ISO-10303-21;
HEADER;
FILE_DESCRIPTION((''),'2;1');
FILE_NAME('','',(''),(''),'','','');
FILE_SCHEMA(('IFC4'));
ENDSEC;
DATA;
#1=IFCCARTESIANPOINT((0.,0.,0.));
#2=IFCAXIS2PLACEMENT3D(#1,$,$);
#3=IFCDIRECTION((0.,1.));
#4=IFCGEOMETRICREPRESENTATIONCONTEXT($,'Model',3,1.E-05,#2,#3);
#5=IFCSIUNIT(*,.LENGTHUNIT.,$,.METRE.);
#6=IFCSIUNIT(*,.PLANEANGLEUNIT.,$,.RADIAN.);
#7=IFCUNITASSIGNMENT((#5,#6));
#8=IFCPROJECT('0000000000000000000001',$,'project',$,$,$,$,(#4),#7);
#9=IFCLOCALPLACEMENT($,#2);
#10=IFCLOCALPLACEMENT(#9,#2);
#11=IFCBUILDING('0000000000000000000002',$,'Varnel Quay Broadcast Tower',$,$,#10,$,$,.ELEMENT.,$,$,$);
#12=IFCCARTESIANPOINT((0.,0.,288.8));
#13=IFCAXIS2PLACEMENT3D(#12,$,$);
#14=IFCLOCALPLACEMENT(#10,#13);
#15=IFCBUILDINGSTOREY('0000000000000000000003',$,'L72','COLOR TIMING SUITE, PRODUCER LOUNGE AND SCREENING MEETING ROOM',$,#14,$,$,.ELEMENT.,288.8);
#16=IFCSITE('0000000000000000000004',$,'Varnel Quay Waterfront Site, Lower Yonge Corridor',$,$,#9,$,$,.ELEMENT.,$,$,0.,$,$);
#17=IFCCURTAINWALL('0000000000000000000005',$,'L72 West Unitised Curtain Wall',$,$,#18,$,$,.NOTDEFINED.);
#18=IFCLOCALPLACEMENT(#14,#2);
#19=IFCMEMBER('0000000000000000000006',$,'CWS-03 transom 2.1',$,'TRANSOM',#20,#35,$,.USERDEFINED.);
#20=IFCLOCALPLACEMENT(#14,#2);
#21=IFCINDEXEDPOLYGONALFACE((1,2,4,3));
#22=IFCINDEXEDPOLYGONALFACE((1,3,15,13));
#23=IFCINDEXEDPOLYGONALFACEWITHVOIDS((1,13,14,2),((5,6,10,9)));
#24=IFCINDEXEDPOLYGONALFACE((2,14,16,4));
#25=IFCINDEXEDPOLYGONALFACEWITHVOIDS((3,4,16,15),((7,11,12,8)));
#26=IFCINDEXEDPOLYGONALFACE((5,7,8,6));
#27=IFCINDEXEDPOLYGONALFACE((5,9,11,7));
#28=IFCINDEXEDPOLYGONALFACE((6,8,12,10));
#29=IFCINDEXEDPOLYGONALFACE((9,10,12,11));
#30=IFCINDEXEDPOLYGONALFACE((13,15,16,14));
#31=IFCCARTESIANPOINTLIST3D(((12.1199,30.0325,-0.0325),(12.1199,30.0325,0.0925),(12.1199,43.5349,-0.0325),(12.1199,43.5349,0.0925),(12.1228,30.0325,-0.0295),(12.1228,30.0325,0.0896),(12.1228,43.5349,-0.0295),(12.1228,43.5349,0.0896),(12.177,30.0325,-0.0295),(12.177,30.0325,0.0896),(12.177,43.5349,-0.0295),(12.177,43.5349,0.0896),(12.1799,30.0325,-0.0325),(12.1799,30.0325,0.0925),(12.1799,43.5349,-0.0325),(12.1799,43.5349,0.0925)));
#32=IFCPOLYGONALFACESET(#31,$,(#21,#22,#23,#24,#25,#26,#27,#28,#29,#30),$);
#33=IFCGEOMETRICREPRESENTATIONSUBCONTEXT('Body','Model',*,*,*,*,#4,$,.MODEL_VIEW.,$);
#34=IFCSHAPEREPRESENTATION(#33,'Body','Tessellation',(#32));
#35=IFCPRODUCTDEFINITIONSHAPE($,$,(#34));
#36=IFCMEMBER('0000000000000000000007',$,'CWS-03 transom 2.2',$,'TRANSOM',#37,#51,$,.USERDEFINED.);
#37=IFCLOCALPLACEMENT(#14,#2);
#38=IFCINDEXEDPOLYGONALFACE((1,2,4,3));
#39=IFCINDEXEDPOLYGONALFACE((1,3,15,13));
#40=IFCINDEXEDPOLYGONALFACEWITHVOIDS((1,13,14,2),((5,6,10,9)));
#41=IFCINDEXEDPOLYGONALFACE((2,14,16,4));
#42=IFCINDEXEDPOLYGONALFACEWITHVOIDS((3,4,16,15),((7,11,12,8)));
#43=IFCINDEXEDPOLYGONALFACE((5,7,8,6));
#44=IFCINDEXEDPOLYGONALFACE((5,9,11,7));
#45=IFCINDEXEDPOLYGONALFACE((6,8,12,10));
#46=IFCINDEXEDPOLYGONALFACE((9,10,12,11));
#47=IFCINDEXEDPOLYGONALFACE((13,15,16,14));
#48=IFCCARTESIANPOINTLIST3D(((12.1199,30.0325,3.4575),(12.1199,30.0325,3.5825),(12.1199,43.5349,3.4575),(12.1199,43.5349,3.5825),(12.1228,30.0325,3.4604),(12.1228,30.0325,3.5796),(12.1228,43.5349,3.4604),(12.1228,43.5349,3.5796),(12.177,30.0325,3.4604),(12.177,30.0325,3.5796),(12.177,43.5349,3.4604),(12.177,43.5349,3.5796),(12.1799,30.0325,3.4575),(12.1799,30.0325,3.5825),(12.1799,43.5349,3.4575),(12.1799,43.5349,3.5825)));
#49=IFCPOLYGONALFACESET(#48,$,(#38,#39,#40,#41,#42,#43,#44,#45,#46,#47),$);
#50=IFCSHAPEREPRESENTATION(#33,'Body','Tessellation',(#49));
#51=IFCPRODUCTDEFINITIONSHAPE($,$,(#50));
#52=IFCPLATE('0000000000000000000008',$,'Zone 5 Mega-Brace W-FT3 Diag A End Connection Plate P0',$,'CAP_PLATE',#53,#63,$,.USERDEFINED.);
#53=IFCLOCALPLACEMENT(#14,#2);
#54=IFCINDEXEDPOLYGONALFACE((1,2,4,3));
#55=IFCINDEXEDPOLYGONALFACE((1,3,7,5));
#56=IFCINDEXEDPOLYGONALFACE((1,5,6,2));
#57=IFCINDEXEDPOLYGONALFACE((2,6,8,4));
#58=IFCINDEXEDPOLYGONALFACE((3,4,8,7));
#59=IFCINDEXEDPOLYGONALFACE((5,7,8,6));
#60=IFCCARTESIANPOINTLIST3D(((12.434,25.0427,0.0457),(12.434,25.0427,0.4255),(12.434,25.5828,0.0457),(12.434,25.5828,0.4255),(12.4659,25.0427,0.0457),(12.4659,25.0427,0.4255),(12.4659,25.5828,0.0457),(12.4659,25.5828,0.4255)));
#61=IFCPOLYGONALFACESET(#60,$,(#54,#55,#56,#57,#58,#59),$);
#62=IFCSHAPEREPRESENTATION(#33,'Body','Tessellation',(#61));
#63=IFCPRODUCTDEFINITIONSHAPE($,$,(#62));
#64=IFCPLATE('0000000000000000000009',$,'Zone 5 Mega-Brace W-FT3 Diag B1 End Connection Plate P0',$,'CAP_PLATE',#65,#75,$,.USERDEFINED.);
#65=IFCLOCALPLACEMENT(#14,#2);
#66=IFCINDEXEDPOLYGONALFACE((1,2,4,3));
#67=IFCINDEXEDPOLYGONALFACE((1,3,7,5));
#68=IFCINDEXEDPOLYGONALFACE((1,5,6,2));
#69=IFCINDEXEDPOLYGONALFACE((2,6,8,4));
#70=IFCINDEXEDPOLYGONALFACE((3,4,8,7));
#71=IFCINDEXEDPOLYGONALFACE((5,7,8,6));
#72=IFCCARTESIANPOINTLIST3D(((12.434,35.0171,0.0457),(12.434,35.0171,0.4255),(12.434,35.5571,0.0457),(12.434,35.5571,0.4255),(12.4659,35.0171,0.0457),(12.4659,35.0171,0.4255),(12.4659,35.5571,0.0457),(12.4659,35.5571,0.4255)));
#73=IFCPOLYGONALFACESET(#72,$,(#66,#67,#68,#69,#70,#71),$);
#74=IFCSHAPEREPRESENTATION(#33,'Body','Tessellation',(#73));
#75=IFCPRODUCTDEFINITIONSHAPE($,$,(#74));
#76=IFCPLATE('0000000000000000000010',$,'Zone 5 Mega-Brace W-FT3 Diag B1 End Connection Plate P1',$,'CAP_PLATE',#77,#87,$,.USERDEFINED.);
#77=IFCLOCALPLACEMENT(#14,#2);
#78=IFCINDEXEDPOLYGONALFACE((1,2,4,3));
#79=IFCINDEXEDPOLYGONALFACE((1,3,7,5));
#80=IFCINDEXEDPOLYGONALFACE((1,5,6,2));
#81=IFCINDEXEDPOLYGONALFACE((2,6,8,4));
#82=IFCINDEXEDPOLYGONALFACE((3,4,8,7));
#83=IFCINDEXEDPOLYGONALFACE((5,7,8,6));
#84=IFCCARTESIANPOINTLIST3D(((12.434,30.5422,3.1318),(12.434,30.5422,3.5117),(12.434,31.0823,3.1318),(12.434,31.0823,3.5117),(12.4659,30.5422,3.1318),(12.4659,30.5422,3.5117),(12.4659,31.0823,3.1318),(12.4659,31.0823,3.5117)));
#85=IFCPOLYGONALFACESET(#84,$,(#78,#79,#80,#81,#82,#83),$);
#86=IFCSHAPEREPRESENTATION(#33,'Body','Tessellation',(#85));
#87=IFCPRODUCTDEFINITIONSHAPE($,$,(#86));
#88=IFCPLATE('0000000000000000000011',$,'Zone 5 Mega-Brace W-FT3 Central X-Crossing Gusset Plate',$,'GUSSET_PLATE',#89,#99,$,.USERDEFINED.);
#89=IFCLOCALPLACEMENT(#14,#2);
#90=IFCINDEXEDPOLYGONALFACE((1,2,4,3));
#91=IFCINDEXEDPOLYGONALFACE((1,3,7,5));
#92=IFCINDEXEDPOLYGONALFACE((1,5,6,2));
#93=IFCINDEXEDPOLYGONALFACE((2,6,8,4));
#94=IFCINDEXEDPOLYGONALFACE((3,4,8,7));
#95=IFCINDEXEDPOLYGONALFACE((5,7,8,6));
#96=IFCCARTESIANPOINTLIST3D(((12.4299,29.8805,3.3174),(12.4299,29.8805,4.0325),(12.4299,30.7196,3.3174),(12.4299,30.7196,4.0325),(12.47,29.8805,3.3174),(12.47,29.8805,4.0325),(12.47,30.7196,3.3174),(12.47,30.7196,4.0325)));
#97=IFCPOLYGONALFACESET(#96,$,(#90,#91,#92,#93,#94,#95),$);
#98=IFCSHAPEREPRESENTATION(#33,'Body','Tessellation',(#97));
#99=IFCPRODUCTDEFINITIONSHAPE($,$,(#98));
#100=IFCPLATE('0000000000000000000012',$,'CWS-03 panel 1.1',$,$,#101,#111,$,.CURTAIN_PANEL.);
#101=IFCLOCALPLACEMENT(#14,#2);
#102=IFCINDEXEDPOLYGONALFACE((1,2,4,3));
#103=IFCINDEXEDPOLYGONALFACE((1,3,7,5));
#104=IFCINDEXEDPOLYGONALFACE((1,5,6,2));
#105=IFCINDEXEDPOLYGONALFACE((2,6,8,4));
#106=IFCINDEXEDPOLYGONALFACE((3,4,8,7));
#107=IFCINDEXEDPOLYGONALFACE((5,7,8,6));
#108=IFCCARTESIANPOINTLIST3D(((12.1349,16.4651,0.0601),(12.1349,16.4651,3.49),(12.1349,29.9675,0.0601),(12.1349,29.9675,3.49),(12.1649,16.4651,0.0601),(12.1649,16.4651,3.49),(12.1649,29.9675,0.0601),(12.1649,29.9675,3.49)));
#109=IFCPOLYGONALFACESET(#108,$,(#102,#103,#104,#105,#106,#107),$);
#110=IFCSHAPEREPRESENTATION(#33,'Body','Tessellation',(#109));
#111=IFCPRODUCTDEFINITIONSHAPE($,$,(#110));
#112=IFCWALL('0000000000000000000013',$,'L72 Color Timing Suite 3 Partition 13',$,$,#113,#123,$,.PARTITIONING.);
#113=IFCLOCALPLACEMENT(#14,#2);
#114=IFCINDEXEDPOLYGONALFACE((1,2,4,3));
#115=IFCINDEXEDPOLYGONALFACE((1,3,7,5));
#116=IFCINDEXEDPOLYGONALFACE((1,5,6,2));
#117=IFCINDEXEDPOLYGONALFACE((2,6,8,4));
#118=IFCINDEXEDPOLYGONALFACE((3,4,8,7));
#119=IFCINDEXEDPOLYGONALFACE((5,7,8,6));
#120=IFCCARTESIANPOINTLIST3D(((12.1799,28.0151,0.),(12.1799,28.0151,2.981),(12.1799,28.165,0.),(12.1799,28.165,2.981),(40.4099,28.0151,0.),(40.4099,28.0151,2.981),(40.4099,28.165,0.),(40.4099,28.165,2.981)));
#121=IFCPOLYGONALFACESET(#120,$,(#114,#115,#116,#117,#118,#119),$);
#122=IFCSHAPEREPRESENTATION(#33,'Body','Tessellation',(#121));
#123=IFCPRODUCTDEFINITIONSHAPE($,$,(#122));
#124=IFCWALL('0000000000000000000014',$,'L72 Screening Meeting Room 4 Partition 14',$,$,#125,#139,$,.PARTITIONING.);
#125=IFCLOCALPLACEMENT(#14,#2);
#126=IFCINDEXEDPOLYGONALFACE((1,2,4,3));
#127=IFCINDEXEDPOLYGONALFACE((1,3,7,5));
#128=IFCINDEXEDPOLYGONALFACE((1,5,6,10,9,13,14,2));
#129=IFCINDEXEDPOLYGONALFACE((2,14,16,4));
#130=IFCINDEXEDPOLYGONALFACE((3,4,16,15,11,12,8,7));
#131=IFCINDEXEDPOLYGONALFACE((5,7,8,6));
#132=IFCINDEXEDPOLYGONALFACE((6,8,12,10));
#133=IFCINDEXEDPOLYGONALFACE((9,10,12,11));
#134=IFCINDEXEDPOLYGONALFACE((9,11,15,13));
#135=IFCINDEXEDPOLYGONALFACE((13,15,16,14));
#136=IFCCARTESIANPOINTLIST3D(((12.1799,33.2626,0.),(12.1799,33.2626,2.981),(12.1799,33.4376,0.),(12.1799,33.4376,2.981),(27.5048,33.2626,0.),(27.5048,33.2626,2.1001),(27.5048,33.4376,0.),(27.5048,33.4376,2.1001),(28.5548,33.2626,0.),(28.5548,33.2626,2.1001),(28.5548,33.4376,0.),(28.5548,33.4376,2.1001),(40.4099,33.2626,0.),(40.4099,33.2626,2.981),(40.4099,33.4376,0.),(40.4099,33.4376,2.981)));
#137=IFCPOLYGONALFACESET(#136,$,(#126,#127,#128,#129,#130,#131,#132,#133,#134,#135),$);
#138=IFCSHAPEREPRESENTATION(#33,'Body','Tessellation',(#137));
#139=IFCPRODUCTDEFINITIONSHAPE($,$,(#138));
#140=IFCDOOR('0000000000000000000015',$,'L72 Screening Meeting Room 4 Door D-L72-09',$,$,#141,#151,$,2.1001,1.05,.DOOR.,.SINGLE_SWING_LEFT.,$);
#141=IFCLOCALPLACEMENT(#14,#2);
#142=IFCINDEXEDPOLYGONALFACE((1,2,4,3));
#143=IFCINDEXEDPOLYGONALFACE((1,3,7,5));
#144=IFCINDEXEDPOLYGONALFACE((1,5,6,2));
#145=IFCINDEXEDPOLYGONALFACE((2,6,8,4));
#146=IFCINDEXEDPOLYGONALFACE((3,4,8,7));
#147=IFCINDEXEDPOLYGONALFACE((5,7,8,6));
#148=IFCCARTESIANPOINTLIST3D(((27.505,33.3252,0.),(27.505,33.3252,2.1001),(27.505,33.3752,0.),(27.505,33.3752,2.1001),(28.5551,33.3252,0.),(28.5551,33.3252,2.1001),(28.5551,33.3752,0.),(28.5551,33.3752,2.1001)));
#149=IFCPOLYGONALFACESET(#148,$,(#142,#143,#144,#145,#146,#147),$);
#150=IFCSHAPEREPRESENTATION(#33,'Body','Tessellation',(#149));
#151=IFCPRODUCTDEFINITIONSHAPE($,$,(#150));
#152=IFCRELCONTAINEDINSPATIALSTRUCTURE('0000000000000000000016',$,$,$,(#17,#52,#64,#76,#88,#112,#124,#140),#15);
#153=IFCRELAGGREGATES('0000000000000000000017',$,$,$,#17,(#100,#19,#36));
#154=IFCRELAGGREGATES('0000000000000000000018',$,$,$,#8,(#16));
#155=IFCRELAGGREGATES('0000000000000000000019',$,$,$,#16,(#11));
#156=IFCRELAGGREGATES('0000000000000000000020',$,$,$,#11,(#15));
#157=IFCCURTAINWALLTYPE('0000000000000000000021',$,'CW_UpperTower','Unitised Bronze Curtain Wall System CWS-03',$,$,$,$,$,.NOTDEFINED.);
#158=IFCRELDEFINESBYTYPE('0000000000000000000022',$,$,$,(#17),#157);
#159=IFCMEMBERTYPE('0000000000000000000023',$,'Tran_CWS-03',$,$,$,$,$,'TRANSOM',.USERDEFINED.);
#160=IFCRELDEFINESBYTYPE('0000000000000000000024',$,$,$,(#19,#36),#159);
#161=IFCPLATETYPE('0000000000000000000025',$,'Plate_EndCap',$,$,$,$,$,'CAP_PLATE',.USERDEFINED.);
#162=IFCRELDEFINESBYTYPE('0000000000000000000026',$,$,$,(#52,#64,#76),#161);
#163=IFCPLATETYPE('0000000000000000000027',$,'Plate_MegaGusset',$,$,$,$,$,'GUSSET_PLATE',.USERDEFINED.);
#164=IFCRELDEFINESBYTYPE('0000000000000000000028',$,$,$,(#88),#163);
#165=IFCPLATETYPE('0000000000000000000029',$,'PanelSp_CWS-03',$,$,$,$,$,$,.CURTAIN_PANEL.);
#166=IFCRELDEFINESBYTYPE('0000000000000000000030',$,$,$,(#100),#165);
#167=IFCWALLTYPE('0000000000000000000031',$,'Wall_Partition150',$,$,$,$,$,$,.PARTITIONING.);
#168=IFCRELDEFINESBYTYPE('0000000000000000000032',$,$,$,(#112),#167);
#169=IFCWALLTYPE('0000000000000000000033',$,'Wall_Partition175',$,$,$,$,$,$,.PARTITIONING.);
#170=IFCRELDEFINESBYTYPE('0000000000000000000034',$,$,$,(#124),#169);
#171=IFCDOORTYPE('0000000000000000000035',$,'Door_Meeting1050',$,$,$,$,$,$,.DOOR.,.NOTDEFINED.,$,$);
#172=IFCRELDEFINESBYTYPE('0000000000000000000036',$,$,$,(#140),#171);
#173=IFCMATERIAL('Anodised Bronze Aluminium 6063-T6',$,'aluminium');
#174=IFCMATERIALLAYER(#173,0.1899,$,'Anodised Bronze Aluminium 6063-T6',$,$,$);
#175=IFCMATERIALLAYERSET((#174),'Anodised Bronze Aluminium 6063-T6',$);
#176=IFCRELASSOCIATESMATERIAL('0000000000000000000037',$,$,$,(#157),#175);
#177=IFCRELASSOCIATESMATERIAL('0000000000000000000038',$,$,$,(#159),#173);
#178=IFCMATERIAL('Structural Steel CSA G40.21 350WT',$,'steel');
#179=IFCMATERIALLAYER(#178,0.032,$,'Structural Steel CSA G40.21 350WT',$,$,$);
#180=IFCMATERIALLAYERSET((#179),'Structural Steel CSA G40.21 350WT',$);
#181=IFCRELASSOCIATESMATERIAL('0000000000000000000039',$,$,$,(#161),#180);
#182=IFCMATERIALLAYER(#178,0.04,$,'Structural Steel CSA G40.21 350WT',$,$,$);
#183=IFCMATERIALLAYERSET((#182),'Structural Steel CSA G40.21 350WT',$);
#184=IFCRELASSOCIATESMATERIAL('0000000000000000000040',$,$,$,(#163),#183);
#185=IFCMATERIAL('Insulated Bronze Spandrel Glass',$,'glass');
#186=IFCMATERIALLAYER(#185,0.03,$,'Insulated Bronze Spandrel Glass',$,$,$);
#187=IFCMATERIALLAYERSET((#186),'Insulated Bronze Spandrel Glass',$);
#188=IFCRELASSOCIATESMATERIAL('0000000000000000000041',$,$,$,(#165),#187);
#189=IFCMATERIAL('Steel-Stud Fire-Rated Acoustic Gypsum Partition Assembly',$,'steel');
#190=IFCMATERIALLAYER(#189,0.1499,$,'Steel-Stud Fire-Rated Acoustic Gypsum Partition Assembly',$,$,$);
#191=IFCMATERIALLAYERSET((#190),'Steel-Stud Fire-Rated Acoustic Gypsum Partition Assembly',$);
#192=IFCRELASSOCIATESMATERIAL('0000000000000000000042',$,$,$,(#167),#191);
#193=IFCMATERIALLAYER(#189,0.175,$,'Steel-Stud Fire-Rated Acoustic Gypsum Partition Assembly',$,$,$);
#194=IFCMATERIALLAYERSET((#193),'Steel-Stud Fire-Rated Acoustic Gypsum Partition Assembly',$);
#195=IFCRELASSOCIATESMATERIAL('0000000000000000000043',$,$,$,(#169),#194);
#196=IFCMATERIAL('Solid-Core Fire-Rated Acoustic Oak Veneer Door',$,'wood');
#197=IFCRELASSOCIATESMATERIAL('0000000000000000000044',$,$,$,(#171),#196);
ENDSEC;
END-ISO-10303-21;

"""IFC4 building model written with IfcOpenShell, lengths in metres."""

from ifc_helpers import new_model, si_unit, direction, frame, frame_2d, origin, origin_2d, place, context, subcontext, project, spatial, rectangle, hollow_rectangle, extrude, source, transform, mapped, material, layer, layer_set, material_profile, profile_set, type_object, type_shapes, element, fill, aggregate, save


model = new_model("IFC4")

# Units and contexts
model_context = context("Model", 3, precision=1e-05, world=origin(), true_north=direction((0.0, 1.0)))
body_context = subcontext(model_context, "Body", "Model", "MODEL_VIEW")
ifc_project = project(units=[si_unit("LENGTHUNIT", "METRE"), si_unit("PLANEANGLEUNIT", "RADIAN")], contexts=[model_context])

# Site, building, storey
site_placement = place(None, origin())
site = spatial("IfcSite", under=ifc_project, at=site_placement, Name="Varnel Quay Waterfront Site, Lower Yonge Corridor", CompositionType="ELEMENT", RefElevation=0.0)
building_placement = place(site_placement, origin())
building = spatial("IfcBuilding", under=site, at=building_placement, Name="Varnel Quay Broadcast Tower", CompositionType="ELEMENT")
storey_placement = place(building_placement, frame((0.0, 0.0, 288.8)))
storey = spatial("IfcBuildingStorey", under=building, at=storey_placement, Name="L72", Description="COLOR TIMING SUITE, PRODUCER LOUNGE AND SCREENING MEETING ROOM", CompositionType="ELEMENT", Elevation=288.8)

# Shared definitions
ifc_material_1 = material(Name="Structural Steel CSA G40.21 350WT", Category="steel")

# Curtain wall, members
ifc_material_2 = material(Name="Anodised Bronze Aluminium 6063-T6", Category="aluminium")
ifc_layer_1 = layer(ifc_material_2, 0.1899, Name="Anodised Bronze Aluminium 6063-T6")
ifc_layer_set_1 = layer_set([ifc_layer_1], Name="Anodised Bronze Aluminium 6063-T6")
curtain_wall_type = type_object("IfcCurtainWallType", Name="CW_UpperTower", Description="Unitised Bronze Curtain Wall System CWS-03", PredefinedType="NOTDEFINED", material=ifc_layer_set_1)
curtain_wall_placement = place(storey_placement, origin())
curtain_wall = element("IfcCurtainWall", 1, at=curtain_wall_placement, inside=storey, type_object=curtain_wall_type, Name="L72 West Unitised Curtain Wall", PredefinedType="NOTDEFINED")
ifc_material_profile_1 = material_profile(ifc_material_2, hollow_rectangle(XDim=0.0601, YDim=0.125, WallThickness=0.0029, at=origin_2d()), Name="ALU60X125X3")
ifc_profile_set_1 = profile_set([ifc_material_profile_1], Name="Anodised Bronze Aluminium 6063-T6")
member_type_1 = type_object("IfcMemberType", Name="Tran_CWS-03", ElementType="TRANSOM", PredefinedType="USERDEFINED", material=ifc_profile_set_1)
shared_shape_1 = source(origin(), body_context, "Body", "SweptSolid", [
    extrude(hollow_rectangle(XDim=0.0601, YDim=0.125, WallThickness=0.0029, at=origin_2d()), origin(), (0.0, 0.0, 1.0), 13.5024),
])
type_shapes(member_type_1, [shared_shape_1])
member_1_placement = place(storey_placement, frame((12.1499, 30.0325, 0.03), z_axis=(0.0, 1.0, 0.0), x_axis=(-1.0, 0.0, 0.0)))
member_1 = element("IfcMember", 2, at=member_1_placement, type_object=member_type_1, Name="CWS-03 transom 2.1", ObjectType="TRANSOM", PredefinedType="USERDEFINED", context=body_context, shape_type="MappedRepresentation", body=[
    mapped(shared_shape_1, transform((0.0, 0.0, 0.0), x_axis=(1.0, 0.0, 0.0), y_axis=(0.0, 1.0, 0.0), z_axis=(0.0, 0.0, 1.0), scale=1.0)),
])
member_2_placement = place(storey_placement, frame((12.1499, 30.0325, 3.52), z_axis=(0.0, 1.0, 0.0), x_axis=(-1.0, 0.0, 0.0)))
member_2 = element("IfcMember", 3, at=member_2_placement, type_object=member_type_1, Name="CWS-03 transom 2.2", ObjectType="TRANSOM", PredefinedType="USERDEFINED", context=body_context, shape_type="MappedRepresentation", body=[
    mapped(shared_shape_1, transform((0.0, 0.0, 0.0), x_axis=(1.0, 0.0, 0.0), y_axis=(0.0, 1.0, 0.0), z_axis=(0.0, 0.0, 1.0), scale=1.0)),
])

# Plates
ifc_layer_2 = layer(ifc_material_1, 0.032, Name="Structural Steel CSA G40.21 350WT")
ifc_layer_set_2 = layer_set([ifc_layer_2], Name="Structural Steel CSA G40.21 350WT")
plate_type_1 = type_object("IfcPlateType", Name="Plate_EndCap", ElementType="CAP_PLATE", PredefinedType="USERDEFINED", material=ifc_layer_set_2)
shared_shape_2 = source(origin(), body_context, "Body", "SweptSolid", [
    extrude(rectangle(XDim=0.54, YDim=0.032, at=origin_2d()), origin(), (0.0, 0.0, 1.0), 0.3799),
])
type_shapes(plate_type_1, [shared_shape_2])
for number, where, z_axis, x_axis, name in (
    (4, (12.45, 25.3127, 0.0457), (0.0, 0.0, 1.0), (0.0, 1.0, 0.0), "Zone 5 Mega-Brace W-FT3 Diag A End Connection Plate P0"),
    (5, (12.45, 35.2871, 0.0457), (0.0, 0.0, 1.0), (0.0, 1.0, 0.0), "Zone 5 Mega-Brace W-FT3 Diag B1 End Connection Plate P0"),
    (6, (12.45, 30.8123, 3.1318), (0.0, 0.0, 1.0), (0.0, 1.0, 0.0), "Zone 5 Mega-Brace W-FT3 Diag B1 End Connection Plate P1"),
):
    element("IfcPlate", number, at=place(storey_placement, frame(where, z_axis=z_axis, x_axis=x_axis)), inside=storey, type_object=plate_type_1, Name=name, ObjectType="CAP_PLATE", PredefinedType="USERDEFINED", context=body_context, shape_type="MappedRepresentation", body=[
        mapped(shared_shape_2, transform((0.0, 0.0, 0.0), x_axis=(1.0, 0.0, 0.0), y_axis=(0.0, 1.0, 0.0), z_axis=(0.0, 0.0, 1.0), scale=1.0)),
    ])
ifc_layer_3 = layer(ifc_material_1, 0.04, Name="Structural Steel CSA G40.21 350WT")
ifc_layer_set_3 = layer_set([ifc_layer_3], Name="Structural Steel CSA G40.21 350WT")
plate_type_2 = type_object("IfcPlateType", Name="Plate_MegaGusset", ElementType="GUSSET_PLATE", PredefinedType="USERDEFINED", material=ifc_layer_set_3)
shared_shape_3 = source(origin(), body_context, "Body", "SweptSolid", [
    extrude(rectangle(XDim=0.8391, YDim=0.04, at=origin_2d()), origin(), (0.0, 0.0, 1.0), 0.7151),
])
type_shapes(plate_type_2, [shared_shape_3])
plate_1_placement = place(storey_placement, frame((12.45, 30.3, 3.3174), z_axis=(0.0, 0.0, 1.0), x_axis=(0.0, 1.0, 0.0)))
element("IfcPlate", 7, at=plate_1_placement, inside=storey, type_object=plate_type_2, Name="Zone 5 Mega-Brace W-FT3 Central X-Crossing Gusset Plate", ObjectType="GUSSET_PLATE", PredefinedType="USERDEFINED", context=body_context, shape_type="MappedRepresentation", body=[
    mapped(shared_shape_3, transform((0.0, 0.0, 0.0), x_axis=(1.0, 0.0, 0.0), y_axis=(0.0, 1.0, 0.0), z_axis=(0.0, 0.0, 1.0), scale=1.0)),
])

# Plate
ifc_material_3 = material(Name="Insulated Bronze Spandrel Glass", Category="glass")
ifc_layer_4 = layer(ifc_material_3, 0.03, Name="Insulated Bronze Spandrel Glass")
ifc_layer_set_4 = layer_set([ifc_layer_4], Name="Insulated Bronze Spandrel Glass")
plate_type_3 = type_object("IfcPlateType", Name="PanelSp_CWS-03", PredefinedType="CURTAIN_PANEL", material=ifc_layer_set_4)
shared_shape_4 = source(origin(), body_context, "Body", "SweptSolid", [
    extrude(rectangle(XDim=13.5024, YDim=0.03, at=origin_2d()), origin(), (0.0, 0.0, 1.0), 3.4299),
])
type_shapes(plate_type_3, [shared_shape_4])
plate_2_placement = place(storey_placement, frame((12.1499, 23.2163, 0.0601), z_axis=(0.0, 0.0, 1.0), x_axis=(0.0, 1.0, 0.0)))
plate_2 = element("IfcPlate", 8, at=plate_2_placement, type_object=plate_type_3, Name="CWS-03 panel 1.1", PredefinedType="CURTAIN_PANEL", context=body_context, shape_type="MappedRepresentation", body=[
    mapped(shared_shape_4, transform((0.0, 0.0, 0.0), x_axis=(1.0, 0.0, 0.0), y_axis=(0.0, 1.0, 0.0), z_axis=(0.0, 0.0, 1.0), scale=1.0)),
])
aggregate(curtain_wall, [plate_2, member_1, member_2])

# Wall
ifc_material_4 = material(Name="Steel-Stud Fire-Rated Acoustic Gypsum Partition Assembly", Category="steel")
ifc_layer_5 = layer(ifc_material_4, 0.1499, Name="Steel-Stud Fire-Rated Acoustic Gypsum Partition Assembly")
ifc_layer_set_5 = layer_set([ifc_layer_5], Name="Steel-Stud Fire-Rated Acoustic Gypsum Partition Assembly")
wall_type_1 = type_object("IfcWallType", Name="Wall_Partition150", PredefinedType="PARTITIONING", material=ifc_layer_set_5)
wall_1_placement = place(storey_placement, frame((12.1799, 28.0901, 0.0), z_axis=(0.0, 0.0, 1.0), x_axis=(1.0, 0.0, 0.0)))
element("IfcWall", 9, at=wall_1_placement, inside=storey, type_object=wall_type_1, Name="L72 Color Timing Suite 3 Partition 13", PredefinedType="PARTITIONING", context=body_context, shape_type="SweptSolid", body=[
    extrude(rectangle(XDim=28.23, YDim=0.1499, at=frame_2d((14.115, 0.0))), origin(), (0.0, 0.0, 1.0), 2.981),
])

# Wall, opening, door
ifc_layer_6 = layer(ifc_material_4, 0.175, Name="Steel-Stud Fire-Rated Acoustic Gypsum Partition Assembly")
ifc_layer_set_6 = layer_set([ifc_layer_6], Name="Steel-Stud Fire-Rated Acoustic Gypsum Partition Assembly")
wall_type_2 = type_object("IfcWallType", Name="Wall_Partition175", PredefinedType="PARTITIONING", material=ifc_layer_set_6)
wall_2_placement = place(storey_placement, frame((12.1799, 33.3501, 0.0), z_axis=(0.0, 0.0, 1.0), x_axis=(1.0, 0.0, 0.0)))
wall_2 = element("IfcWall", 10, at=wall_2_placement, inside=storey, type_object=wall_type_2, Name="L72 Screening Meeting Room 4 Partition 14", PredefinedType="PARTITIONING", context=body_context, shape_type="SweptSolid", body=[
    extrude(rectangle(XDim=28.23, YDim=0.175, at=frame_2d((14.115, 0.0))), origin(), (0.0, 0.0, 1.0), 2.981),
])
opening_placement = place(wall_2_placement, frame((15.325, 0.0, 0.0)))
opening = element("IfcOpeningElement", 11, at=opening_placement, cuts=wall_2, PredefinedType="OPENING", context=body_context, shape_type="SweptSolid", body=[
    extrude(rectangle(XDim=1.05, YDim=2.1001, at=frame_2d((0.5249, 1.05))), frame((0.0, 0.0977, 0.0), z_axis=(0.0, -1.0, 0.0), x_axis=(1.0, 0.0, 0.0)), (0.0, 0.0, 1.0), 0.1951),
])
ifc_material_5 = material(Name="Solid-Core Fire-Rated Acoustic Oak Veneer Door", Category="wood")
door_type = type_object("IfcDoorType", Name="Door_Meeting1050", OperationType="NOTDEFINED", PredefinedType="DOOR", material=ifc_material_5)
shared_shape_5 = source(origin(), body_context, "Body", "SweptSolid", [
    extrude(rectangle(XDim=1.05, YDim=2.1001, at=frame_2d((0.5249, 1.05))), frame((0.0, 0.0249, 0.0), z_axis=(0.0, -1.0, 0.0), x_axis=(1.0, 0.0, 0.0)), (0.0, 0.0, 1.0), 0.05),
])
type_shapes(door_type, [shared_shape_5])
door_placement = place(opening_placement, frame((1.05, 0.0, 0.0), z_axis=(0.0, 0.0, 1.0), x_axis=(-1.0, 0.0, 0.0)))
door = element("IfcDoor", 12, at=door_placement, inside=storey, type_object=door_type, Name="L72 Screening Meeting Room 4 Door D-L72-09", OperationType="SINGLE_SWING_LEFT", OverallHeight=2.1001, OverallWidth=1.05, PredefinedType="DOOR", context=body_context, shape_type="MappedRepresentation", body=[
    mapped(shared_shape_5, transform((0.0, 0.0, 0.0), x_axis=(1.0, 0.0, 0.0), y_axis=(0.0, 1.0, 0.0), z_axis=(0.0, 0.0, 1.0), scale=1.0)),
])
fill(opening, door)

save(model, "model.ifc")
